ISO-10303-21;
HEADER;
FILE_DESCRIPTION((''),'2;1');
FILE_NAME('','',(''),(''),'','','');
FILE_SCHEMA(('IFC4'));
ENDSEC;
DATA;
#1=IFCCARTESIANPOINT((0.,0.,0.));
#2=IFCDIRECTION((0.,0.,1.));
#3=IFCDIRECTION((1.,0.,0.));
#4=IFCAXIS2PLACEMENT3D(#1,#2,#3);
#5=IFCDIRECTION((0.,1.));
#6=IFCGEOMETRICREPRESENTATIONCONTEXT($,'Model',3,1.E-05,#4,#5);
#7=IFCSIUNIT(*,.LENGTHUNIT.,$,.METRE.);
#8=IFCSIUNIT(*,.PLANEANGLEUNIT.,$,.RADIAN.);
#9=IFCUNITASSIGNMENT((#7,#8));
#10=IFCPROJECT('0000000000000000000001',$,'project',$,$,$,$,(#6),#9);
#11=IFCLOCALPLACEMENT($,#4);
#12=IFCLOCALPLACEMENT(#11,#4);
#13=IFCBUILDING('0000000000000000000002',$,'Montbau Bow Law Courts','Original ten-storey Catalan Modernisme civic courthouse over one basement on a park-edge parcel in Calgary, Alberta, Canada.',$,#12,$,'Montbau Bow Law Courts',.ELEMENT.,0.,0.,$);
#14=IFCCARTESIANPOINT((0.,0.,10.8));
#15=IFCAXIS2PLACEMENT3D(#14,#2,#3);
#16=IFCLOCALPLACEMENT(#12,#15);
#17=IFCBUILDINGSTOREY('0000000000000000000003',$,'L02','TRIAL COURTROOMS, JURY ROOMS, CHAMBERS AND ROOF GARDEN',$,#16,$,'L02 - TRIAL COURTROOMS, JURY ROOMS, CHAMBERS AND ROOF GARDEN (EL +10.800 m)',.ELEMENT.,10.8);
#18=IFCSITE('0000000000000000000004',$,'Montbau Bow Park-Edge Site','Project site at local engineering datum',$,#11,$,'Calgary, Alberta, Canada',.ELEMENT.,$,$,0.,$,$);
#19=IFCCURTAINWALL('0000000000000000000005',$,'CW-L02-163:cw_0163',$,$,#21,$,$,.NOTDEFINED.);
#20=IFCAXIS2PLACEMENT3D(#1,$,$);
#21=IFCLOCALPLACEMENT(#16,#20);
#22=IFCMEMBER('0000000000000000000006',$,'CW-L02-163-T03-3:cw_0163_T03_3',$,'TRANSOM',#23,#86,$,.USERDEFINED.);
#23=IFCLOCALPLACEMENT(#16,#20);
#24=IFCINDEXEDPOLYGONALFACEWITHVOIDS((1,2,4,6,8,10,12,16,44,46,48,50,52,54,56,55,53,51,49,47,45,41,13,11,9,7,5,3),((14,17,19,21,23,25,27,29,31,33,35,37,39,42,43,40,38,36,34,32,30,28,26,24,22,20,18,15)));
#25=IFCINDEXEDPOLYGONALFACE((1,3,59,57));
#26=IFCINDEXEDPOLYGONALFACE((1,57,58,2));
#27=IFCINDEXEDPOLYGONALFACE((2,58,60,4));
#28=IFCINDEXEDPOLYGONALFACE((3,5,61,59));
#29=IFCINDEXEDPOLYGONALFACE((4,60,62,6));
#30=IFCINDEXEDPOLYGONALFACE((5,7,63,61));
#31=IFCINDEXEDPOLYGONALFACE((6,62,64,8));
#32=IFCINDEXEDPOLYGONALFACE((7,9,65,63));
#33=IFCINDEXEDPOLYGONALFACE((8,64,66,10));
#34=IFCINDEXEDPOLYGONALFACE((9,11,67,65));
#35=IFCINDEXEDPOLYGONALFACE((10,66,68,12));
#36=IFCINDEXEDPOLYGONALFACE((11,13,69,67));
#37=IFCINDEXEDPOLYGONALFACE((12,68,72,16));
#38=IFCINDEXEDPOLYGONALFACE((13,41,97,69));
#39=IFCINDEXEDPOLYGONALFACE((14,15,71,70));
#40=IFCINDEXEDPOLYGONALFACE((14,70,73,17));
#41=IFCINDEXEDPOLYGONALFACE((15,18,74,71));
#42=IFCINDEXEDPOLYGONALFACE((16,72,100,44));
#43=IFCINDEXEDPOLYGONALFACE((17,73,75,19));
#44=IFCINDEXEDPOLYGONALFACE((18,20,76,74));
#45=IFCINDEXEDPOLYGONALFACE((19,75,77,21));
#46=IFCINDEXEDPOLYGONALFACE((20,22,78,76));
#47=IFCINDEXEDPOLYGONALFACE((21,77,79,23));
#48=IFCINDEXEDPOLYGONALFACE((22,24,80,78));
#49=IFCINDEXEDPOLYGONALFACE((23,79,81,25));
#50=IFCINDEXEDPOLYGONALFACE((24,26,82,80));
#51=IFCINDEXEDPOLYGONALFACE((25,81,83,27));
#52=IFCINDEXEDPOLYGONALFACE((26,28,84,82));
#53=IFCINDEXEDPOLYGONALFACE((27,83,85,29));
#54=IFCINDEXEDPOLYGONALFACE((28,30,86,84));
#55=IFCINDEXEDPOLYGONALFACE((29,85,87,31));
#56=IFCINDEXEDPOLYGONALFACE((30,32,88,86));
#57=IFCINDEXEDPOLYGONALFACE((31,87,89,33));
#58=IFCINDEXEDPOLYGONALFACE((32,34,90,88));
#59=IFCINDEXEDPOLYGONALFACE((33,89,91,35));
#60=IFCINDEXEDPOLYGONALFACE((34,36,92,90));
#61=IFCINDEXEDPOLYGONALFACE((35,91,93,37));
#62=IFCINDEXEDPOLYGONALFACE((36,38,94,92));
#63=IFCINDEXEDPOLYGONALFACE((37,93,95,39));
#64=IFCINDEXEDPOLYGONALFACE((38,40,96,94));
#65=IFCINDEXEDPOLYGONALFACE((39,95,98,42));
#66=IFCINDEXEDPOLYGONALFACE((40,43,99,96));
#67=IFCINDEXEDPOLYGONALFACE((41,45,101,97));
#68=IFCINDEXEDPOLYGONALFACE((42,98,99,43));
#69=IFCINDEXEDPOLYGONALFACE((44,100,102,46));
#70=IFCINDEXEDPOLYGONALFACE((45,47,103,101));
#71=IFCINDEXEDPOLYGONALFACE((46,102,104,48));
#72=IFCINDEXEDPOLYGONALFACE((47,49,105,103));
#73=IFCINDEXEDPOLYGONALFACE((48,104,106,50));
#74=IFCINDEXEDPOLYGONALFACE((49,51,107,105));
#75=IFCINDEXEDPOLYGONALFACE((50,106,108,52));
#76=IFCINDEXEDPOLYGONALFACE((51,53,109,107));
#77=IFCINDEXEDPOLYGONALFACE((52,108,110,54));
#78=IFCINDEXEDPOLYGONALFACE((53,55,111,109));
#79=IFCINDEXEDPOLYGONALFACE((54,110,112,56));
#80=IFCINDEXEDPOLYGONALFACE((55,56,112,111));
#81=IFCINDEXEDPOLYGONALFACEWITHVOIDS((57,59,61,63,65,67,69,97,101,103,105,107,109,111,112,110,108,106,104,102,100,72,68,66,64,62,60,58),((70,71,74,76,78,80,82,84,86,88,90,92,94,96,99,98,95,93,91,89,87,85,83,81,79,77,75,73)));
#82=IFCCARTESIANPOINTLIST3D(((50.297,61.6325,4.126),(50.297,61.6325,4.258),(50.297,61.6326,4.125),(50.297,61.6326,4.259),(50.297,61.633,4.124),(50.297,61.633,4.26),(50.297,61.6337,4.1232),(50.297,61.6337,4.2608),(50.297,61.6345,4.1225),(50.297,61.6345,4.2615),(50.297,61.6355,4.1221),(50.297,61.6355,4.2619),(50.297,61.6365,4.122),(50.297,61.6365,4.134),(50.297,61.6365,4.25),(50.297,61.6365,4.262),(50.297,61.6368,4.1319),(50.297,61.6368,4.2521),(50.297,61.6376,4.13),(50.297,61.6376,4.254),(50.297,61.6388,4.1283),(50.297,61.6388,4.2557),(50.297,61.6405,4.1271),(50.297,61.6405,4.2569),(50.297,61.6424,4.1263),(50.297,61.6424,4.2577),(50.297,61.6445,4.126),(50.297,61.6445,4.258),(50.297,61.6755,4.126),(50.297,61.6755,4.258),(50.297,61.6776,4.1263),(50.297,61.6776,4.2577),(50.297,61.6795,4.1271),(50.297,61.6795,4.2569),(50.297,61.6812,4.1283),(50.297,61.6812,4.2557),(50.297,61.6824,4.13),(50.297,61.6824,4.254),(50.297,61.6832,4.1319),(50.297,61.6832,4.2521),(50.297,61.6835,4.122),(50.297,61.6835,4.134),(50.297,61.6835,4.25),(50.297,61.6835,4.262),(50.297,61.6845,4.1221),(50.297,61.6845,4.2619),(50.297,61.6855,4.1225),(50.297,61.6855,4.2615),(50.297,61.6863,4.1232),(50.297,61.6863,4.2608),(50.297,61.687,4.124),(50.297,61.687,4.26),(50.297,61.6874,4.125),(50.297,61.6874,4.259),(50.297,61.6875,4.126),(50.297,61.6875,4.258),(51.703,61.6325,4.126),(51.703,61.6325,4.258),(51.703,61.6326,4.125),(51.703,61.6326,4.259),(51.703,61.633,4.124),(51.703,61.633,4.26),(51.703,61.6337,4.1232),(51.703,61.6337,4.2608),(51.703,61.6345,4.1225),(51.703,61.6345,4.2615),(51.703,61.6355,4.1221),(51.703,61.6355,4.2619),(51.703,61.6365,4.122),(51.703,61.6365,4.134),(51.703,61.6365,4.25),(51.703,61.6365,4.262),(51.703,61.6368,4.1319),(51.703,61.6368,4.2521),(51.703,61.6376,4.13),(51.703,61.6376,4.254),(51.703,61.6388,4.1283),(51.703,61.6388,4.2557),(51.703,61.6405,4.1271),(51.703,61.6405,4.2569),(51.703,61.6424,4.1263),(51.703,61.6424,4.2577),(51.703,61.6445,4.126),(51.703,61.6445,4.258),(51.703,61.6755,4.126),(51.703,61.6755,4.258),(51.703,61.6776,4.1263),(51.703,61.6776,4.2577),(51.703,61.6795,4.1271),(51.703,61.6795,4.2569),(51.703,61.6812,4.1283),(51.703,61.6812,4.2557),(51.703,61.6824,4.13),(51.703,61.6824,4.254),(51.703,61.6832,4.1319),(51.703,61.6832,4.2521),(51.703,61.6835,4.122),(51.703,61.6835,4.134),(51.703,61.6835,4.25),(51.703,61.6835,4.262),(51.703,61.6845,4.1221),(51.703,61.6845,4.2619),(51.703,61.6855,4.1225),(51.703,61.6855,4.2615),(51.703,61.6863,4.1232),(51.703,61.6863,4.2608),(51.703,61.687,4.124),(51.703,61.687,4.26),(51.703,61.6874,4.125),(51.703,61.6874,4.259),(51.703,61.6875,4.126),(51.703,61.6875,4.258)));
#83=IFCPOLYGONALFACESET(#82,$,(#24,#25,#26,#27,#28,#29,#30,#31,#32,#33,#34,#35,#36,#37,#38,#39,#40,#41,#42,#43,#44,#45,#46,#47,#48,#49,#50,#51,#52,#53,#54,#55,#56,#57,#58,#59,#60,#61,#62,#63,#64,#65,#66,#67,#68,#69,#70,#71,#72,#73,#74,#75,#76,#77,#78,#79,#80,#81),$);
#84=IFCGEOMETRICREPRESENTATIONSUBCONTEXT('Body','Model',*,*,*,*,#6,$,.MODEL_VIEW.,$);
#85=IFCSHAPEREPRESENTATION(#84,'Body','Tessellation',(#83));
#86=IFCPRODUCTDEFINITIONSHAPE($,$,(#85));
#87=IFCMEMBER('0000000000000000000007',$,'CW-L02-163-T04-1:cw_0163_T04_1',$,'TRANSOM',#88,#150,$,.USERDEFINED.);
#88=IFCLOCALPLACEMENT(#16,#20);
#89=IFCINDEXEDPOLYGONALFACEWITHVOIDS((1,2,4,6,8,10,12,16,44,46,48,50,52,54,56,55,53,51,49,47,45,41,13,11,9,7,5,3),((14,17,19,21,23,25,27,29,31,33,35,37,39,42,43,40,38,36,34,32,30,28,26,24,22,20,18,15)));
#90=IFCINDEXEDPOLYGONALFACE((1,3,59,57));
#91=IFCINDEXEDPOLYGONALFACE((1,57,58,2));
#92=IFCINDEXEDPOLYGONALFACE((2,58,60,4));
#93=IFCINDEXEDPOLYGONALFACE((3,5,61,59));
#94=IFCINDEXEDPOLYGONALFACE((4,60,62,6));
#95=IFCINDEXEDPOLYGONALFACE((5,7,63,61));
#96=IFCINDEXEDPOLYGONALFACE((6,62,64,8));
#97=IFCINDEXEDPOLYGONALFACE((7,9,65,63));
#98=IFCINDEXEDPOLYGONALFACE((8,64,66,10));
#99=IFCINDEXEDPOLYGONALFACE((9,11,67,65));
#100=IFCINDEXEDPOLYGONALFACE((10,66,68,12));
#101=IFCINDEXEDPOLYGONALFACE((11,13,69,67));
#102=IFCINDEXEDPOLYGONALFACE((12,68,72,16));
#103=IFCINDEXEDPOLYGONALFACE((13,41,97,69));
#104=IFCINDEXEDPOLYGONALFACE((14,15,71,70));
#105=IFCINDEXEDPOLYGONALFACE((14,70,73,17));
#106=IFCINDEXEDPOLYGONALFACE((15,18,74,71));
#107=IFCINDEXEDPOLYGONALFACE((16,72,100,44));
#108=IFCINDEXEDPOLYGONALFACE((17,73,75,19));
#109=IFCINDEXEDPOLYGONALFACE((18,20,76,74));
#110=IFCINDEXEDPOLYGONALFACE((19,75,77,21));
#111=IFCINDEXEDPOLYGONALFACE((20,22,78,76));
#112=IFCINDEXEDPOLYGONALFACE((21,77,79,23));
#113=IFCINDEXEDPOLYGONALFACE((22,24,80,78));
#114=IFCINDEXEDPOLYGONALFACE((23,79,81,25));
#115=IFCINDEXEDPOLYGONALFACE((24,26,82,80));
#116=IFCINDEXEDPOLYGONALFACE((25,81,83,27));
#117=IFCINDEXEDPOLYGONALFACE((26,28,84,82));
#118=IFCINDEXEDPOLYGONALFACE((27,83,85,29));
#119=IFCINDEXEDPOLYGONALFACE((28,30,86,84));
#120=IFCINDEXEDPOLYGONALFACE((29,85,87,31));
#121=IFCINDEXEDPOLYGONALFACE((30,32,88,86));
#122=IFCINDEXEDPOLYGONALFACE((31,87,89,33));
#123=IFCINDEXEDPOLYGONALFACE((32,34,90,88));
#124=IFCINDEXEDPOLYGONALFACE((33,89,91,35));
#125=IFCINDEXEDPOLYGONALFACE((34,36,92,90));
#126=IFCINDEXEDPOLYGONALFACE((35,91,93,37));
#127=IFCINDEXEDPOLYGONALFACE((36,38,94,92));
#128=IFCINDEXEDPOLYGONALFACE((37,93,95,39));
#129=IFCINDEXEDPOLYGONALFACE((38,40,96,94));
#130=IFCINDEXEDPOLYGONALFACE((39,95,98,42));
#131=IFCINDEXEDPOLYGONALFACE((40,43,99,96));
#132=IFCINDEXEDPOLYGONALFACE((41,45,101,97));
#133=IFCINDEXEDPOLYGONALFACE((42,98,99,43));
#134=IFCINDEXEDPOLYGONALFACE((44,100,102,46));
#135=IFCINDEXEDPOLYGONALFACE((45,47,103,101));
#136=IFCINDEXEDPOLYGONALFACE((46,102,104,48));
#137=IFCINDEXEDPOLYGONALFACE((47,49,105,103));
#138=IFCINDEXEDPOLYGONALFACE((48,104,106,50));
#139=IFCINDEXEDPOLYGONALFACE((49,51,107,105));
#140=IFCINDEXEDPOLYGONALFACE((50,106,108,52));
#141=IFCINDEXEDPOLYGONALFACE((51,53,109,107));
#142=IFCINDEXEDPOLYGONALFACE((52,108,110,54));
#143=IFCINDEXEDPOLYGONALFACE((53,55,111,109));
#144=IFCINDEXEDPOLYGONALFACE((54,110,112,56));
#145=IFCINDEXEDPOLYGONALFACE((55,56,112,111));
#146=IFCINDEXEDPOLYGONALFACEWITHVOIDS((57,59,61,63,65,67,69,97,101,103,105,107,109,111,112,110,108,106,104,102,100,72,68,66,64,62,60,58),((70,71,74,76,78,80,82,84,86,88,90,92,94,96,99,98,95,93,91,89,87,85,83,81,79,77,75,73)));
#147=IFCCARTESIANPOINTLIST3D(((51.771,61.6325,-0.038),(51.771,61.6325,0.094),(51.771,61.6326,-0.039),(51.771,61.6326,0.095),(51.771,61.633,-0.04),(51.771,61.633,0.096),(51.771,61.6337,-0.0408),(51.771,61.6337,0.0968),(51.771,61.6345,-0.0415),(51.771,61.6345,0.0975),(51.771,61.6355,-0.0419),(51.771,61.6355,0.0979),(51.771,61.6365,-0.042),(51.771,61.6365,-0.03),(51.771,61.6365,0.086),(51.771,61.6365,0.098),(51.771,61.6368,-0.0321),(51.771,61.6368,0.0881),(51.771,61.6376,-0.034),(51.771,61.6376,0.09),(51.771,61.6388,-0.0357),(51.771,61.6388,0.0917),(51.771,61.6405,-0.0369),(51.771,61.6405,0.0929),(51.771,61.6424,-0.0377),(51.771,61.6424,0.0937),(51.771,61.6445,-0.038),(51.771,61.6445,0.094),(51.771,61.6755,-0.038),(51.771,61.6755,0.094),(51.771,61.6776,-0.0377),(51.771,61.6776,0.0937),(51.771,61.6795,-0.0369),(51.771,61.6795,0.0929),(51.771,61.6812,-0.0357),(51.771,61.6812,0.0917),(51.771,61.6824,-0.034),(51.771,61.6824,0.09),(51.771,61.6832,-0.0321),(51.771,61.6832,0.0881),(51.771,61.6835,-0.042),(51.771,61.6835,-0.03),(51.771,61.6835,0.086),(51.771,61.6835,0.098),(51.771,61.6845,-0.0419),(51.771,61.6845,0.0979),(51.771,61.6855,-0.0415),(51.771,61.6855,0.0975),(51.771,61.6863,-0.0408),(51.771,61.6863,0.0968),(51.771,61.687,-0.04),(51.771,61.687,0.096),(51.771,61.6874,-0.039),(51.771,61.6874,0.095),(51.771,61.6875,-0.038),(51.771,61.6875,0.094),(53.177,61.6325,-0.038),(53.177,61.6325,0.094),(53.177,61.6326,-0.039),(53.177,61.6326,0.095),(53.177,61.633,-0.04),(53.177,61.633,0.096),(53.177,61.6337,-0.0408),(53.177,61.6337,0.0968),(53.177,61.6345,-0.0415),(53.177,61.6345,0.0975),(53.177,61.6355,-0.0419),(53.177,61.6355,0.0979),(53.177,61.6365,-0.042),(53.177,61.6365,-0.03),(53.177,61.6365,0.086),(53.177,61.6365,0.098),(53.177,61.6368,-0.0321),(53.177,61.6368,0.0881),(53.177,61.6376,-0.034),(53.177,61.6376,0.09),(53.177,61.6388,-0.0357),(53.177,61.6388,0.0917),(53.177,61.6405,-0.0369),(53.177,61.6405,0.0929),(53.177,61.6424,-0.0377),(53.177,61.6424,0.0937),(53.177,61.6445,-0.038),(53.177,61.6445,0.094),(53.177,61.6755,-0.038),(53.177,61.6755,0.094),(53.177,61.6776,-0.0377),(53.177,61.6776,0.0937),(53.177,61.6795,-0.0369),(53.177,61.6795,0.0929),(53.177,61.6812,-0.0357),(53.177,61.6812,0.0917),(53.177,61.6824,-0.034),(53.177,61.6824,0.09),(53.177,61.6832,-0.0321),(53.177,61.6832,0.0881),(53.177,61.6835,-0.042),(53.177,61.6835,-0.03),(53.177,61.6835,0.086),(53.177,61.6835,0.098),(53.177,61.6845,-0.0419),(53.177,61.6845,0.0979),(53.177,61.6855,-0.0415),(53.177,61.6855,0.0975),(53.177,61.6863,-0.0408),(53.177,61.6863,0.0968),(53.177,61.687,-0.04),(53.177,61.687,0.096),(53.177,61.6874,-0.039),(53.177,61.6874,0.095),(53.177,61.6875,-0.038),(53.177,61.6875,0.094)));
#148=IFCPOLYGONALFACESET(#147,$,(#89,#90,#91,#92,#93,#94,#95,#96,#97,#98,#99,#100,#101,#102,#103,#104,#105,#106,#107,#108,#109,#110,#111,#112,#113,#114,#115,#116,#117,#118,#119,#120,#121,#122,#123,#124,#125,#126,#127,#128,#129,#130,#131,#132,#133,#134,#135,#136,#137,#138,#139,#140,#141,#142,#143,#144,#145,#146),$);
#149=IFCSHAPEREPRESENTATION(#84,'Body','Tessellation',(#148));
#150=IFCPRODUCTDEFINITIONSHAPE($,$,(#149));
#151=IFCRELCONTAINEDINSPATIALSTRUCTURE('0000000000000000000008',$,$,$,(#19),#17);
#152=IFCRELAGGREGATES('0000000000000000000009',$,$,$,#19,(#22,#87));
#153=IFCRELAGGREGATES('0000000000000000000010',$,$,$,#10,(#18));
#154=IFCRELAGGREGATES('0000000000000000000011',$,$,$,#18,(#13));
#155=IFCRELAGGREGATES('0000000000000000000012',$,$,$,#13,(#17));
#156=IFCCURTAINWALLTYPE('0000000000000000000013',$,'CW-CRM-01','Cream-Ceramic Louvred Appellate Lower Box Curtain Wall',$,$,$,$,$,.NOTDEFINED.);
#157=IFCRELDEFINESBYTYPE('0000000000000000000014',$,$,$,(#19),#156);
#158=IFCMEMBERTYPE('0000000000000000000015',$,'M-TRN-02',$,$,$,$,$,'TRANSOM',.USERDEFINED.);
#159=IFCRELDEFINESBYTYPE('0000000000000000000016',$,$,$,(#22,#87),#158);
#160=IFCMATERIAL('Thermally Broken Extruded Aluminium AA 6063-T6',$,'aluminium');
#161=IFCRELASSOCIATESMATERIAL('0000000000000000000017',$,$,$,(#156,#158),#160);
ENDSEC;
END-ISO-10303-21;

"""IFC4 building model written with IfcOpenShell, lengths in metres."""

from ifc_helpers import new_model, si_unit, direction, frame, origin_with_axes, origin_2d_with_axis, place, context, subcontext, project, spatial, hollow_rectangle, extrude, material, material_profile, profile_set, type_object, element, aggregate, save


model = new_model("IFC4")

# Units and contexts
model_context = context("Model", 3, precision=1e-05, world=origin_with_axes(), true_north=direction((0.0, 1.0)))
body_context = subcontext(model_context, "Body", "Model", "MODEL_VIEW")
ifc_project = project(units=[si_unit("LENGTHUNIT", "METRE"), si_unit("PLANEANGLEUNIT", "RADIAN")], contexts=[model_context])

# Site, building, storey
site_placement = place(None, origin_with_axes())
site = spatial("IfcSite", under=ifc_project, at=site_placement, Name="Montbau Bow Park-Edge Site", Description="Project site at local engineering datum", LongName="Calgary, Alberta, Canada", CompositionType="ELEMENT", RefElevation=0.0)
building_placement = place(site_placement, origin_with_axes())
building = spatial("IfcBuilding", under=site, at=building_placement, Name="Montbau Bow Law Courts", Description="Original ten-storey Catalan Modernisme civic courthouse over one basement on a park-edge parcel in Calgary, Alberta, Canada.", LongName="Montbau Bow Law Courts", CompositionType="ELEMENT", ElevationOfRefHeight=0.0, ElevationOfTerrain=0.0)
storey_placement = place(building_placement, frame((0.0, 0.0, 10.8), z_axis=(0.0, 0.0, 1.0), x_axis=(1.0, 0.0, 0.0)))
storey = spatial("IfcBuildingStorey", under=building, at=storey_placement, Name="L02", Description="TRIAL COURTROOMS, JURY ROOMS, CHAMBERS AND ROOF GARDEN", LongName="L02 - TRIAL COURTROOMS, JURY ROOMS, CHAMBERS AND ROOF GARDEN (EL +10.800 m)", CompositionType="ELEMENT", Elevation=10.8)

# Curtain wall, members
ifc_material_1 = material(Name="Thermally Broken Extruded Aluminium AA 6063-T6", Category="aluminium")
curtain_wall_type = type_object("IfcCurtainWallType", Name="CW-CRM-01", Description="Cream-Ceramic Louvred Appellate Lower Box Curtain Wall", PredefinedType="NOTDEFINED", material=ifc_material_1)
curtain_wall_placement = place(None, frame((47.315, 61.66, 10.8), z_axis=(0.0, 0.0, 1.0), x_axis=(1.0, 0.0, 0.0)))
curtain_wall = element("IfcCurtainWall", 1, at=curtain_wall_placement, inside=storey, type_object=curtain_wall_type, Name="CW-L02-163:cw_0163", PredefinedType="NOTDEFINED")
ifc_material_profile_1 = material_profile(ifc_material_1, hollow_rectangle(XDim=0.055, YDim=0.14, WallThickness=0.004, InnerFilletRadius=0.008, OuterFilletRadius=0.004, at=origin_2d_with_axis()), Name="CWT-140X55", Category="Main", Priority=0)
ifc_profile_set_1 = profile_set([ifc_material_profile_1], Name="Thermally Broken Extruded Aluminium AA 6063-T6")
member_type_1 = type_object("IfcMemberType", Name="M-TRN-02", ElementType="TRANSOM", PredefinedType="USERDEFINED", material=ifc_profile_set_1)
member_1_placement = place(None, frame((50.297, 61.66, 14.992), z_axis=(1.0, 0.0, 0.0), x_axis=(0.0, 1.0, 0.0)))
member_1 = element("IfcMember", 2, at=member_1_placement, type_object=member_type_1, Name="CW-L02-163-T03-3:cw_0163_T03_3", ObjectType="TRANSOM", PredefinedType="USERDEFINED", context=body_context, shape_type="SweptSolid", body=[
    extrude(hollow_rectangle(XDim=0.055, YDim=0.14, WallThickness=0.004, InnerFilletRadius=0.008, OuterFilletRadius=0.004, at=origin_2d_with_axis()), origin_with_axes(), (0.0, 0.0, 1.0), 1.406),
])
member_2_placement = place(None, frame((51.771, 61.66, 10.828), z_axis=(1.0, 0.0, 0.0), x_axis=(0.0, 1.0, 0.0)))
member_2 = element("IfcMember", 3, at=member_2_placement, type_object=member_type_1, Name="CW-L02-163-T04-1:cw_0163_T04_1", ObjectType="TRANSOM", PredefinedType="USERDEFINED", context=body_context, shape_type="SweptSolid", body=[
    extrude(hollow_rectangle(XDim=0.055, YDim=0.14, WallThickness=0.004, InnerFilletRadius=0.008, OuterFilletRadius=0.004, at=origin_2d_with_axis()), origin_with_axes(), (0.0, 0.0, 1.0), 1.406),
])
aggregate(curtain_wall, [member_1, member_2])

save(model, "model.ifc")
